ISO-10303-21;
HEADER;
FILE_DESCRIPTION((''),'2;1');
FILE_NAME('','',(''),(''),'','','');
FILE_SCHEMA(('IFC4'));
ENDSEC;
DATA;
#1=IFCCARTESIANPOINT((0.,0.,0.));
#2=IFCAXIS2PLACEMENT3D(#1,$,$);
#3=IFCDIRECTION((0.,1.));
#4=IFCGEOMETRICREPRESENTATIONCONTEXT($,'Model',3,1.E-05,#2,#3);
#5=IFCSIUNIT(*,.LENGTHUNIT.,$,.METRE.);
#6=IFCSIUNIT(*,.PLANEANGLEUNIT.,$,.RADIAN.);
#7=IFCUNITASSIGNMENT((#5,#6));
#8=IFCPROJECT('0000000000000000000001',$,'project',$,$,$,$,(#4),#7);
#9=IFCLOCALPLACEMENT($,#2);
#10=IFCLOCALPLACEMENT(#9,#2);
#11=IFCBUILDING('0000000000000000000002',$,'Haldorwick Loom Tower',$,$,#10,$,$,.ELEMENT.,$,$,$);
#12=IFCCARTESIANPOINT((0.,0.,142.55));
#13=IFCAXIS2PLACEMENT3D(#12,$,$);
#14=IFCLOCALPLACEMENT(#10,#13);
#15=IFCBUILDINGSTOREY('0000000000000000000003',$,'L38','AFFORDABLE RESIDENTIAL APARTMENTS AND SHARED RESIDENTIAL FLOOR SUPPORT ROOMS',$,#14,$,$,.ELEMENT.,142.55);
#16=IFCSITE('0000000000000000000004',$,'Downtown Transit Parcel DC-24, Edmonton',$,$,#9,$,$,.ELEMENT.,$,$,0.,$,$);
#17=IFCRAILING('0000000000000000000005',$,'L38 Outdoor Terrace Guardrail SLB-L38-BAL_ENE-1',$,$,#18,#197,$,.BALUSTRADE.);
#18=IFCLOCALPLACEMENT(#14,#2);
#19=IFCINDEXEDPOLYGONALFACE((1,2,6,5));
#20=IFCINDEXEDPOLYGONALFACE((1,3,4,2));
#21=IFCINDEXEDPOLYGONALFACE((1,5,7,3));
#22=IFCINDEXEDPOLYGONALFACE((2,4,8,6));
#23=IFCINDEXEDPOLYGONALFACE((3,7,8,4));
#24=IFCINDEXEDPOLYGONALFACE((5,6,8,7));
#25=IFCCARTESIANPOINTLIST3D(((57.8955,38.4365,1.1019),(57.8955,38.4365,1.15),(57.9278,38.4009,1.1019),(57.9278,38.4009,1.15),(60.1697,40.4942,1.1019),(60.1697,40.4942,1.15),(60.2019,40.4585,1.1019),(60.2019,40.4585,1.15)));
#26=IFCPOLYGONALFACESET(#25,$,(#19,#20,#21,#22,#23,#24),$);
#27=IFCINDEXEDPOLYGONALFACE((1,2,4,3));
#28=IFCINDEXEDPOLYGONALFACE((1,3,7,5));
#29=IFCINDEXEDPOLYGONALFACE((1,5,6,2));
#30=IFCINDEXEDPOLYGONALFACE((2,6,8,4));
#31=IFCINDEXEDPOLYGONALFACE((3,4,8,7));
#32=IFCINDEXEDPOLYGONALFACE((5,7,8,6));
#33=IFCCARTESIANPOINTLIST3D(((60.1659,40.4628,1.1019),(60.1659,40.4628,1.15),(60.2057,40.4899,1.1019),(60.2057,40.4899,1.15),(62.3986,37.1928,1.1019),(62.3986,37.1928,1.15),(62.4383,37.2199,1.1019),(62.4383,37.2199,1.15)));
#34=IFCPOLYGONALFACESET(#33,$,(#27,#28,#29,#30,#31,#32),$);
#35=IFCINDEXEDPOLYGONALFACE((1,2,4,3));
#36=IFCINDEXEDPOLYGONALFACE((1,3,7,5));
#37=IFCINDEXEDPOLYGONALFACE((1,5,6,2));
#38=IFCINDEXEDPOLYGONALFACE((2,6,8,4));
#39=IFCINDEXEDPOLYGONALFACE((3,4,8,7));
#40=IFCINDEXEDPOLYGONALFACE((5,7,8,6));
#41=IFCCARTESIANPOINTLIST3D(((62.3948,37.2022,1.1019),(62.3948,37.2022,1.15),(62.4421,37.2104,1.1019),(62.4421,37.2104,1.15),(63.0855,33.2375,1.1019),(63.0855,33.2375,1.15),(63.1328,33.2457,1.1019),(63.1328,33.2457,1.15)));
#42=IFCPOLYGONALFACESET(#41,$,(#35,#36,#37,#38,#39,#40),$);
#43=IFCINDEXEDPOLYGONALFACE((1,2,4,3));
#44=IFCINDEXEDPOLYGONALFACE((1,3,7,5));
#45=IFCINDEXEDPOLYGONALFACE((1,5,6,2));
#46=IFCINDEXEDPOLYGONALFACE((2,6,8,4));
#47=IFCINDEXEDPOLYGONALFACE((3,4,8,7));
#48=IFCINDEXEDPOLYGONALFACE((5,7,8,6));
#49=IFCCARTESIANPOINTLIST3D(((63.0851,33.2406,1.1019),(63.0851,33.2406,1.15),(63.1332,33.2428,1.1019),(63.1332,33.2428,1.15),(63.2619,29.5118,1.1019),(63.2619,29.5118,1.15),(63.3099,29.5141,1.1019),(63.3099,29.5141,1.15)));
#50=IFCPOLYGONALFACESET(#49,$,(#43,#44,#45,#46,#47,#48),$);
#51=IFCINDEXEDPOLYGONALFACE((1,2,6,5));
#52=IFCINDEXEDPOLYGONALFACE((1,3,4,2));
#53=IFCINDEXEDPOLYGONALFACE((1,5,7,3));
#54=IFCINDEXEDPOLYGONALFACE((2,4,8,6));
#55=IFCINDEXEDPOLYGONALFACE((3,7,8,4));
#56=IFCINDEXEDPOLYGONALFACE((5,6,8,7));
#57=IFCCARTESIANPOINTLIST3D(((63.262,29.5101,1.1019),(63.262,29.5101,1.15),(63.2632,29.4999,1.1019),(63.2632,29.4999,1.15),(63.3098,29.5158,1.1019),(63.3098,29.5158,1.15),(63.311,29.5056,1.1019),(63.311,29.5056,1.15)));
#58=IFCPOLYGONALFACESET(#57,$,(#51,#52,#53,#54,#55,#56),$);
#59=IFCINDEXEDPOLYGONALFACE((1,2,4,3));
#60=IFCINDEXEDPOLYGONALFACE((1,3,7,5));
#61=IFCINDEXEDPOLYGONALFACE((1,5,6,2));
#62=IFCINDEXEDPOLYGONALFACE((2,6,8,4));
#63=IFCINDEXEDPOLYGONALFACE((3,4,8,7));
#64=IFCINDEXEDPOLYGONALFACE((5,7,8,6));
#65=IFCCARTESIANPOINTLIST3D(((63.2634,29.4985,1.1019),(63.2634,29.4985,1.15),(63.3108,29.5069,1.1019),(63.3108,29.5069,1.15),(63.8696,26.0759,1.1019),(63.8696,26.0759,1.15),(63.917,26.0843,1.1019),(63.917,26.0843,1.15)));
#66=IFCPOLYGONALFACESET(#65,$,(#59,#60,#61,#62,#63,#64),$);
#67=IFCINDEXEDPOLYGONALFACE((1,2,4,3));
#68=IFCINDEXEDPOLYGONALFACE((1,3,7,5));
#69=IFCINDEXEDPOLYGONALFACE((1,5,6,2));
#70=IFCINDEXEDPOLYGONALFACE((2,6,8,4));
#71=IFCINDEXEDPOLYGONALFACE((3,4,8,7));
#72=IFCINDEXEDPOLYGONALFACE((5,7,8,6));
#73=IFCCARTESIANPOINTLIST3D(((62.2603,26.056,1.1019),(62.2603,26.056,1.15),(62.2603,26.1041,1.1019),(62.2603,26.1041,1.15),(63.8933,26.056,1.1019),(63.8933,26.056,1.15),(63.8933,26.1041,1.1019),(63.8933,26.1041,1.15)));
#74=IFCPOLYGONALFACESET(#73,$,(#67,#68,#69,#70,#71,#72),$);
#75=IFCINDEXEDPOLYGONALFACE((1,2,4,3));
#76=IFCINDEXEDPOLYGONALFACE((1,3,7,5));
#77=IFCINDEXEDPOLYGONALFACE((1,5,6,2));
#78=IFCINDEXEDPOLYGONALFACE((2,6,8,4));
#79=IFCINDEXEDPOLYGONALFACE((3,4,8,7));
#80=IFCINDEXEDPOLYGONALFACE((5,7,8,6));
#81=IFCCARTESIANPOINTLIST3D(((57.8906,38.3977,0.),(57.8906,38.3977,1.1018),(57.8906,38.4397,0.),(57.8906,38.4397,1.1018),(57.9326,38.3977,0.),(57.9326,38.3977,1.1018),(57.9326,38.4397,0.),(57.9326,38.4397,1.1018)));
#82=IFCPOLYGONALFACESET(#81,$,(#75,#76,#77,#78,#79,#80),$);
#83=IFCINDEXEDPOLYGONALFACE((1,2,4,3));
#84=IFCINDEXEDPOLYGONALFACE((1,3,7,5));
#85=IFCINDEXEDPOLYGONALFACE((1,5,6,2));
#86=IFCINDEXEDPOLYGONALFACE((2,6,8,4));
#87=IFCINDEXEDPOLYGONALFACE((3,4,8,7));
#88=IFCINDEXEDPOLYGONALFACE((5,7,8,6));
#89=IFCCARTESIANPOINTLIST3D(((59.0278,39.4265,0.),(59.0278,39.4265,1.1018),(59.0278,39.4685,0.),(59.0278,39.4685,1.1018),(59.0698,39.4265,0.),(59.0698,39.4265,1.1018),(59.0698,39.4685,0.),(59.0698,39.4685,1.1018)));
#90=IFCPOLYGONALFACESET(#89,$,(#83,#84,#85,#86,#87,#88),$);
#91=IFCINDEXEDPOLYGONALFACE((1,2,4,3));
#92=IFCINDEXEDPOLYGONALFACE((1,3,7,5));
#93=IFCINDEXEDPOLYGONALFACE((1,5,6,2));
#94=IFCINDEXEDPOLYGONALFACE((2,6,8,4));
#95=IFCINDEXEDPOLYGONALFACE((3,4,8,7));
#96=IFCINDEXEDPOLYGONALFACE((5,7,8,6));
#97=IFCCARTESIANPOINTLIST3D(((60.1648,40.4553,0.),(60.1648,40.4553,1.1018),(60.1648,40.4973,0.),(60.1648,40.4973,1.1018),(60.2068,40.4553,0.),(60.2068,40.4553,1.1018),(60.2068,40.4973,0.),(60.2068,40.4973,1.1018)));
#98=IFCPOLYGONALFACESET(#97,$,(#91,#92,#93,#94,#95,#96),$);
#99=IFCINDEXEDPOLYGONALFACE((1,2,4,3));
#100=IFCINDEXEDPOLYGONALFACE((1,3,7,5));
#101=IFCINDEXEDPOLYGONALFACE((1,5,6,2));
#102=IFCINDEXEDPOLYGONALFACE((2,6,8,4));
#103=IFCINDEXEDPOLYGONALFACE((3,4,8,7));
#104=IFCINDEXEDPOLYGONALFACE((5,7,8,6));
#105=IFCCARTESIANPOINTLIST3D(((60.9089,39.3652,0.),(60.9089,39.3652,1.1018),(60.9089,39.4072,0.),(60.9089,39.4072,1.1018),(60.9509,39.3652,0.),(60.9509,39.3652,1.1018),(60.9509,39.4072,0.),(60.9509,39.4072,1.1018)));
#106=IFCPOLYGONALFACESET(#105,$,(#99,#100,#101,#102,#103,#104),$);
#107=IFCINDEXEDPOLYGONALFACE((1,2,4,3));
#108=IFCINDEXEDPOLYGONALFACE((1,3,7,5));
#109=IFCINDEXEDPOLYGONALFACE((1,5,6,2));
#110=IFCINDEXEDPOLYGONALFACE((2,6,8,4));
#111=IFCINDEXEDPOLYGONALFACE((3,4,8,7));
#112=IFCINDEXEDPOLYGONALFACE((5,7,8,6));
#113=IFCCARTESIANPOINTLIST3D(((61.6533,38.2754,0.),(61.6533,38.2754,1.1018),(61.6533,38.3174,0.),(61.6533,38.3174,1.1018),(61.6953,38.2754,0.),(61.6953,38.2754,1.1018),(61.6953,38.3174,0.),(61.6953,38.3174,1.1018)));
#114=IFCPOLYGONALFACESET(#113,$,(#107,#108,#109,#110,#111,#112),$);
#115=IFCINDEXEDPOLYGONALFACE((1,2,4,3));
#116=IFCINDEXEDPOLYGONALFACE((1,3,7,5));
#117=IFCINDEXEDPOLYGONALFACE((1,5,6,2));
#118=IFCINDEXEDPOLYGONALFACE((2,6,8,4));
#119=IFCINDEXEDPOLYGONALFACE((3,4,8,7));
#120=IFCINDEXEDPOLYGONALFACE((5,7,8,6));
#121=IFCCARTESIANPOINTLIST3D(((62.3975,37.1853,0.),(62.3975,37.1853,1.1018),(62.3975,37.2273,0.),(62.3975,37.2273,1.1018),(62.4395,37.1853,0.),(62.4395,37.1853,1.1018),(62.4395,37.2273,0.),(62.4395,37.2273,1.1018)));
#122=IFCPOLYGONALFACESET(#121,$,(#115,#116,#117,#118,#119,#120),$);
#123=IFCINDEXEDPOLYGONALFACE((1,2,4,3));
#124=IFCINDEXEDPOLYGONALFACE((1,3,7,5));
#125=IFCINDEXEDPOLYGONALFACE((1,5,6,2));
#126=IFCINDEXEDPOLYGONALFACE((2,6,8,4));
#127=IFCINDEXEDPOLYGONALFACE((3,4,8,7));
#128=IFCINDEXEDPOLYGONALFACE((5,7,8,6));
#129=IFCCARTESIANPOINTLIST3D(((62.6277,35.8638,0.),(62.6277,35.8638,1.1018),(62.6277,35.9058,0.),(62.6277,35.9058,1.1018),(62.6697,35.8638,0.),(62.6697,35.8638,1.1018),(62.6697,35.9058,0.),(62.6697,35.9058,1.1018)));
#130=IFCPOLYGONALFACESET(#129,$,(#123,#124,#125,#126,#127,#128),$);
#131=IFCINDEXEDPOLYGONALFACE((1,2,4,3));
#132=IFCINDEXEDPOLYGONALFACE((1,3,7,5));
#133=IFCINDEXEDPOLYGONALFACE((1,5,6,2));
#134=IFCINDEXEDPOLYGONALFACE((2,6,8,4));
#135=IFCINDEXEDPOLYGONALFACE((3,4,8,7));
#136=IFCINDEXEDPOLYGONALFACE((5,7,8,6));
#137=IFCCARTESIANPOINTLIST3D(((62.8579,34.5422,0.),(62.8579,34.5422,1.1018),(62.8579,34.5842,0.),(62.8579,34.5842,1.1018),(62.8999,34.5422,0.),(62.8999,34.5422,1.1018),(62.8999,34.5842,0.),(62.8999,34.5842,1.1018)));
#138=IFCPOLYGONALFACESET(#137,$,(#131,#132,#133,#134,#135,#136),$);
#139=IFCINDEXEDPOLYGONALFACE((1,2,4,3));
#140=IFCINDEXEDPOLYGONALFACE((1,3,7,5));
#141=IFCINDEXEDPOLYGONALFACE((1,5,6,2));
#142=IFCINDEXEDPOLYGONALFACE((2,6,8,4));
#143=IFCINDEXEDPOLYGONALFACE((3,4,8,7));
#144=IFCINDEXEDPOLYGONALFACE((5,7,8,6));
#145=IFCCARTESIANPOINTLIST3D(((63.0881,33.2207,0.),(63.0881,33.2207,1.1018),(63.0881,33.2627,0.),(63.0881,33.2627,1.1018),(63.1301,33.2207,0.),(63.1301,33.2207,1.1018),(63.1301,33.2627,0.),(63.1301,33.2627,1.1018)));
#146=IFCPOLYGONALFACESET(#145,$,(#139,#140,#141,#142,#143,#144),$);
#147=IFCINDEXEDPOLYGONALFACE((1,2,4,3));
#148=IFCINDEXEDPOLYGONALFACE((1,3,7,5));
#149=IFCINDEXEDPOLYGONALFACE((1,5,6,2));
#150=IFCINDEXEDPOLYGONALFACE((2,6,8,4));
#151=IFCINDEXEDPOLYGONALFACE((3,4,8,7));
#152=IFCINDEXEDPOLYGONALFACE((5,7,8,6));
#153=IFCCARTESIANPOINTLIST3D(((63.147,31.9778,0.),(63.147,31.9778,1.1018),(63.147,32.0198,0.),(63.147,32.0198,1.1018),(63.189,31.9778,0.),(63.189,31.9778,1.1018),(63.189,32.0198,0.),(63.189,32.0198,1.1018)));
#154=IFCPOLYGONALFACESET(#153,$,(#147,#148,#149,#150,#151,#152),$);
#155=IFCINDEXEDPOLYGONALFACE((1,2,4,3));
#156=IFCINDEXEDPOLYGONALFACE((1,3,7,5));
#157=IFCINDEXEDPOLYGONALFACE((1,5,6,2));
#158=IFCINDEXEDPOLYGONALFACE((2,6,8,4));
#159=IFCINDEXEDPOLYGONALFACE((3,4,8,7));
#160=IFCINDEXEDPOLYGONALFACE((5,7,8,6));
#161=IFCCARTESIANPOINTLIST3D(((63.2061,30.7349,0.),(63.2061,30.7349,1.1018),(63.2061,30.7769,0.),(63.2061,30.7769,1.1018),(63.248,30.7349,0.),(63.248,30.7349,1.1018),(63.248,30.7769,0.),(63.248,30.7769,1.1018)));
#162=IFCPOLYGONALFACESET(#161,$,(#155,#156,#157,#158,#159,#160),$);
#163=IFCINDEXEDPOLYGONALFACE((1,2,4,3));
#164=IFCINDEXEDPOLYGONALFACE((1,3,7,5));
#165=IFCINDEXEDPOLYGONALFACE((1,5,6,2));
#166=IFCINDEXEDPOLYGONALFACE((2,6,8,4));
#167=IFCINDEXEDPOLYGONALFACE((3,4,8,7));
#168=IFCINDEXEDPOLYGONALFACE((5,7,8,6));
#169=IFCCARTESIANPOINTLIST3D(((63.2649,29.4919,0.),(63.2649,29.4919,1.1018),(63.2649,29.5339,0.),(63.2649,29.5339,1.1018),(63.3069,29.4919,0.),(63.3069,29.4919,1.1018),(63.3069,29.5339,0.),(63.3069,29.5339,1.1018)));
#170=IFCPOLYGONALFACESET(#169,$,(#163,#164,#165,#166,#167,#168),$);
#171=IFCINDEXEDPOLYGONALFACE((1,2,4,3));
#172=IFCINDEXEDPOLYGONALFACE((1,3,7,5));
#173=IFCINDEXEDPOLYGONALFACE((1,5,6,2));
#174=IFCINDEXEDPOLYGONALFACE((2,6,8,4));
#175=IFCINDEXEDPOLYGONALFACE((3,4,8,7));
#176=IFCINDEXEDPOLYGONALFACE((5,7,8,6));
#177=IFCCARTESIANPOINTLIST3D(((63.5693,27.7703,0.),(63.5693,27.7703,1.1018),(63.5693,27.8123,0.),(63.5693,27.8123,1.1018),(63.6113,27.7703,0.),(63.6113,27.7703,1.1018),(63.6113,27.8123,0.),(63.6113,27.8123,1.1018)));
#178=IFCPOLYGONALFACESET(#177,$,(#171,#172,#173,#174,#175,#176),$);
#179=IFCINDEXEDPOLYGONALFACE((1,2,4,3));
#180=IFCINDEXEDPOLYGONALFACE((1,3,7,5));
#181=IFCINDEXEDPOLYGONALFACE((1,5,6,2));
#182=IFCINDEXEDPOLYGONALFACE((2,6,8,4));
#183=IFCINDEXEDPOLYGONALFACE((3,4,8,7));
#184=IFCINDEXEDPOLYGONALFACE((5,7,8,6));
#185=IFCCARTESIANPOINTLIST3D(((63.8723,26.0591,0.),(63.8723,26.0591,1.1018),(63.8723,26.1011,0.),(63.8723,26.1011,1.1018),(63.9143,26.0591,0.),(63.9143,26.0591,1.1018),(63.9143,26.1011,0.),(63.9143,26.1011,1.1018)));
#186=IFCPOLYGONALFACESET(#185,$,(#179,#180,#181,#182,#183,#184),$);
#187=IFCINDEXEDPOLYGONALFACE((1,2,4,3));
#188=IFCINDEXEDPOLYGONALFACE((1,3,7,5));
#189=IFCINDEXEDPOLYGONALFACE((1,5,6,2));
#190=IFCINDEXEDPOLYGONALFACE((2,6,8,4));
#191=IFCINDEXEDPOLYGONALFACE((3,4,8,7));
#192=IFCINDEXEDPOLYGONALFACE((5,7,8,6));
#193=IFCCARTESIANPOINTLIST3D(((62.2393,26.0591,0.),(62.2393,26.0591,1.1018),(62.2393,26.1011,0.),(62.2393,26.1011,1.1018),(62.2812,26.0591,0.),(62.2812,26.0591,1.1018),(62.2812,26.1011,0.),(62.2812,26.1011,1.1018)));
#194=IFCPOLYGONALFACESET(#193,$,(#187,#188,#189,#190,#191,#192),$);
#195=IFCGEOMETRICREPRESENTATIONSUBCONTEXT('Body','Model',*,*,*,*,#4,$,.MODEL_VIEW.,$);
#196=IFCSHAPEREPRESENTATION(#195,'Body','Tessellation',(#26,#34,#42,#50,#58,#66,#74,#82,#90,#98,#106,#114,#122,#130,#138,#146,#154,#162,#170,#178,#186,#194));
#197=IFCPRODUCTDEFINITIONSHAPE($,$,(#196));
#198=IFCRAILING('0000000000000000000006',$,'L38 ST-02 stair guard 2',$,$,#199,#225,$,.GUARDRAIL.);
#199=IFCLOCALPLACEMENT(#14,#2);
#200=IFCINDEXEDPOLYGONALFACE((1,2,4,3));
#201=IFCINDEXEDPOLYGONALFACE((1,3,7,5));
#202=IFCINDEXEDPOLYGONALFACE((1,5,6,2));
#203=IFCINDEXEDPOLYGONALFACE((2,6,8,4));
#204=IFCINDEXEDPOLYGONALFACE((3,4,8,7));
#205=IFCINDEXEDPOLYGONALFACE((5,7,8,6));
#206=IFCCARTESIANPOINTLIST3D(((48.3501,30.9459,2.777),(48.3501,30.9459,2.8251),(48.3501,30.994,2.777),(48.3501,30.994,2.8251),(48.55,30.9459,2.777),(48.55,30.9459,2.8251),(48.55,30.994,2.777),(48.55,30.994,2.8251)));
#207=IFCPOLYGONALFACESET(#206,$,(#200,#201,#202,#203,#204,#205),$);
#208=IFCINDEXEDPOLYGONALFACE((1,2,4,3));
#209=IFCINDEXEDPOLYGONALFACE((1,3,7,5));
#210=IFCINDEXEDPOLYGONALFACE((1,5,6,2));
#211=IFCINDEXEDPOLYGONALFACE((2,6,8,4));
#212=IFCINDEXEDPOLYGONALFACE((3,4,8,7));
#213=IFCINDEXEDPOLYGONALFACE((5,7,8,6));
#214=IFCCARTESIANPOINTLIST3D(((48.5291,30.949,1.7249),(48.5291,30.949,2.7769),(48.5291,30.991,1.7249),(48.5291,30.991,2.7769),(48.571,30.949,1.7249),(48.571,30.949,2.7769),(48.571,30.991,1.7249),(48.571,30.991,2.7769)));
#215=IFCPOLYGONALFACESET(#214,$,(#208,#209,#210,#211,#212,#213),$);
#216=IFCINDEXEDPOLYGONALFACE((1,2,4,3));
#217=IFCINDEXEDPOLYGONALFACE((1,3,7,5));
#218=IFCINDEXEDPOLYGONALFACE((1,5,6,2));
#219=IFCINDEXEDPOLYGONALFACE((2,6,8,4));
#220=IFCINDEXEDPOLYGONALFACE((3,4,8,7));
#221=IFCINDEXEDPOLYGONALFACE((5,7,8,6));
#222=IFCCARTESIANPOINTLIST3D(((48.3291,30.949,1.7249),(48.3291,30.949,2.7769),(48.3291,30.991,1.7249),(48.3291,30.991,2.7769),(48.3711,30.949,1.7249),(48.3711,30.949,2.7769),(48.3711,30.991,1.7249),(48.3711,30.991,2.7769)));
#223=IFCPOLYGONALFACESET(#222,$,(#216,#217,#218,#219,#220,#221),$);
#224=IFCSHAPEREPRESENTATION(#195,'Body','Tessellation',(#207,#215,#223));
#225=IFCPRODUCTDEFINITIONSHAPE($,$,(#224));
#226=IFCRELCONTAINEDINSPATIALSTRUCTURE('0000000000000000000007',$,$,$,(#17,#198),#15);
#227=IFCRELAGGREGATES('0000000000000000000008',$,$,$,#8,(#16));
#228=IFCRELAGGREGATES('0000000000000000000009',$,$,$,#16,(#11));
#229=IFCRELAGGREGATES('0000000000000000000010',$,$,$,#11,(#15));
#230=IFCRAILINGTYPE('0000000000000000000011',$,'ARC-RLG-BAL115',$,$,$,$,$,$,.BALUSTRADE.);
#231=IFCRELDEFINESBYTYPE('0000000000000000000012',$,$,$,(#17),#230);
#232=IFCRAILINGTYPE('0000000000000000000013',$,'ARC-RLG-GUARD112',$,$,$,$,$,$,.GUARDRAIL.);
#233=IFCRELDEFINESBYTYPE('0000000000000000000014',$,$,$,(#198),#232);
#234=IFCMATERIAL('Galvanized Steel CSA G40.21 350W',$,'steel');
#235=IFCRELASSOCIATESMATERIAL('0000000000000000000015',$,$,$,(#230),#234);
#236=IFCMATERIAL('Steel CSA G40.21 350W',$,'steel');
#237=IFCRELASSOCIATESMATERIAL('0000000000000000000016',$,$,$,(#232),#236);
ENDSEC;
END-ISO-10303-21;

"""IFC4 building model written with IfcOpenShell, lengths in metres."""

from ifc_helpers import new_model, si_unit, direction, frame, origin, origin_2d, place, context, subcontext, project, spatial, rectangle, extrude, material, type_object, element, save


model = new_model("IFC4")

# Units and contexts
model_context = context("Model", 3, precision=1e-05, world=origin(), true_north=direction((0.0, 1.0)))
body_context = subcontext(model_context, "Body", "Model", "MODEL_VIEW")
ifc_project = project(units=[si_unit("LENGTHUNIT", "METRE"), si_unit("PLANEANGLEUNIT", "RADIAN")], contexts=[model_context])

# Site, building, storey
site_placement = place(None, origin())
site = spatial("IfcSite", under=ifc_project, at=site_placement, Name="Downtown Transit Parcel DC-24, Edmonton", CompositionType="ELEMENT", RefElevation=0.0)
building_placement = place(site_placement, origin())
building = spatial("IfcBuilding", under=site, at=building_placement, Name="Haldorwick Loom Tower", CompositionType="ELEMENT")
storey_placement = place(building_placement, frame((0.0, 0.0, 142.55)))
storey = spatial("IfcBuildingStorey", under=building, at=storey_placement, Name="L38", Description="AFFORDABLE RESIDENTIAL APARTMENTS AND SHARED RESIDENTIAL FLOOR SUPPORT ROOMS", CompositionType="ELEMENT", Elevation=142.55)

# Shared definitions
ifc_material_1 = material(Name="Steel CSA G40.21 350W", Category="steel")

# Railings
ifc_material_2 = material(Name="Galvanized Steel CSA G40.21 350W", Category="steel")
railing_type_1 = type_object("IfcRailingType", Name="ARC-RLG-BAL115", PredefinedType="BALUSTRADE", material=ifc_material_2)
railing_1_placement = place(storey_placement, frame((57.9116, 38.4187, 0.0)))
element("IfcRailing", 1, at=railing_1_placement, inside=storey, type_object=railing_type_1, Name="L38 Outdoor Terrace Guardrail SLB-L38-BAL_ENE-1", PredefinedType="BALUSTRADE", context=body_context, shape_type="SweptSolid", body=[
    extrude(rectangle(XDim=0.0481, YDim=0.0481, at=origin_2d()), frame((0.0, 0.0, 1.126), z_axis=(0.74153, 0.67092, 0.0), x_axis=(-0.67092, 0.74153, 0.0)), (0.0, 0.0, 1.0), 3.0669),
    extrude(rectangle(XDim=0.0481, YDim=0.0481, at=origin_2d()), frame((2.2742, 2.0576, 1.126), z_axis=(0.563872, -0.825862, 0.0), x_axis=(0.825862, 0.563872, 0.0)), (0.0, 0.0, 1.0), 3.9595),
    extrude(rectangle(XDim=0.0481, YDim=0.0481, at=origin_2d()), frame((4.5068, -1.2124, 1.126), z_axis=(0.171625, -0.985162, 0.0), x_axis=(0.985162, 0.171625, 0.0)), (0.0, 0.0, 1.0), 4.0244),
    extrude(rectangle(XDim=0.0481, YDim=0.0481, at=origin_2d()), frame((5.1975, -5.177, 1.126), z_axis=(0.047351, -0.998878, 0.0), x_axis=(0.998878, 0.047351, 0.0)), (0.0, 0.0, 1.0), 3.7329),
    extrude(rectangle(XDim=0.0481, YDim=0.0481, at=origin_2d()), frame((5.3743, -8.9058, 1.126), z_axis=(0.118213, -0.992988, 0.0), x_axis=(0.992988, 0.118213, 0.0)), (0.0, 0.0, 1.0), 0.0103),
    extrude(rectangle(XDim=0.0481, YDim=0.0481, at=origin_2d()), frame((5.3755, -8.916, 1.126), z_axis=(0.174402, -0.984674, 0.0), x_axis=(0.984674, 0.174402, 0.0)), (0.0, 0.0, 1.0), 3.4758),
    extrude(rectangle(XDim=0.0481, YDim=0.0481, at=origin_2d()), frame((5.9817, -12.3386, 1.126), z_axis=(-1.0, 0.0, 0.0), x_axis=(0.0, -1.0, 0.0)), (0.0, 0.0, 1.0), 1.6331),
    extrude(rectangle(XDim=0.042, YDim=0.042, at=origin_2d()), origin(), (0.0, 0.0, 1.0), 1.1018),
    extrude(rectangle(XDim=0.042, YDim=0.042, at=origin_2d()), frame((1.1372, 1.0288, 0.0)), (0.0, 0.0, 1.0), 1.1018),
    extrude(rectangle(XDim=0.042, YDim=0.042, at=origin_2d()), frame((2.2742, 2.0576, 0.0)), (0.0, 0.0, 1.0), 1.1018),
    extrude(rectangle(XDim=0.042, YDim=0.042, at=origin_2d()), frame((3.0183, 0.9675, 0.0)), (0.0, 0.0, 1.0), 1.1018),
    extrude(rectangle(XDim=0.042, YDim=0.042, at=origin_2d()), frame((3.7627, -0.1223, 0.0)), (0.0, 0.0, 1.0), 1.1018),
    extrude(rectangle(XDim=0.042, YDim=0.042, at=origin_2d()), frame((4.5068, -1.2124, 0.0)), (0.0, 0.0, 1.0), 1.1018),
    extrude(rectangle(XDim=0.042, YDim=0.042, at=origin_2d()), frame((4.7371, -2.5339, 0.0)), (0.0, 0.0, 1.0), 1.1018),
    extrude(rectangle(XDim=0.042, YDim=0.042, at=origin_2d()), frame((4.9673, -3.8555, 0.0)), (0.0, 0.0, 1.0), 1.1018),
    extrude(rectangle(XDim=0.042, YDim=0.042, at=origin_2d()), frame((5.1975, -5.177, 0.0)), (0.0, 0.0, 1.0), 1.1018),
    extrude(rectangle(XDim=0.042, YDim=0.042, at=origin_2d()), frame((5.2563, -6.4199, 0.0)), (0.0, 0.0, 1.0), 1.1018),
    extrude(rectangle(XDim=0.042, YDim=0.042, at=origin_2d()), frame((5.3154, -7.6628, 0.0)), (0.0, 0.0, 1.0), 1.1018),
    extrude(rectangle(XDim=0.042, YDim=0.042, at=origin_2d()), frame((5.3743, -8.9058, 0.0)), (0.0, 0.0, 1.0), 1.1018),
    extrude(rectangle(XDim=0.042, YDim=0.042, at=origin_2d()), frame((5.6787, -10.6274, 0.0)), (0.0, 0.0, 1.0), 1.1018),
    extrude(rectangle(XDim=0.042, YDim=0.042, at=origin_2d()), frame((5.9817, -12.3386, 0.0)), (0.0, 0.0, 1.0), 1.1018),
    extrude(rectangle(XDim=0.042, YDim=0.042, at=origin_2d()), frame((4.3486, -12.3386, 0.0)), (0.0, 0.0, 1.0), 1.1018),
])
railing_type_2 = type_object("IfcRailingType", Name="ARC-RLG-GUARD112", PredefinedType="GUARDRAIL", material=ifc_material_1)
railing_2_placement = place(storey_placement, frame((48.55, 30.97, 1.7249)))
element("IfcRailing", 2, at=railing_2_placement, inside=storey, type_object=railing_type_2, Name="L38 ST-02 stair guard 2", PredefinedType="GUARDRAIL", context=body_context, shape_type="SweptSolid", body=[
    extrude(rectangle(XDim=0.0481, YDim=0.0481, at=origin_2d()), frame((0.0, 0.0, 1.0762), z_axis=(-1.0, 0.0, 0.0), x_axis=(0.0, -1.0, 0.0)), (0.0, 0.0, 1.0), 0.2),
    extrude(rectangle(XDim=0.042, YDim=0.042, at=origin_2d()), origin(), (0.0, 0.0, 1.0), 1.052),
    extrude(rectangle(XDim=0.042, YDim=0.042, at=origin_2d()), frame((-0.2, 0.0, 0.0)), (0.0, 0.0, 1.0), 1.052),
])

save(model, "model.ifc")
